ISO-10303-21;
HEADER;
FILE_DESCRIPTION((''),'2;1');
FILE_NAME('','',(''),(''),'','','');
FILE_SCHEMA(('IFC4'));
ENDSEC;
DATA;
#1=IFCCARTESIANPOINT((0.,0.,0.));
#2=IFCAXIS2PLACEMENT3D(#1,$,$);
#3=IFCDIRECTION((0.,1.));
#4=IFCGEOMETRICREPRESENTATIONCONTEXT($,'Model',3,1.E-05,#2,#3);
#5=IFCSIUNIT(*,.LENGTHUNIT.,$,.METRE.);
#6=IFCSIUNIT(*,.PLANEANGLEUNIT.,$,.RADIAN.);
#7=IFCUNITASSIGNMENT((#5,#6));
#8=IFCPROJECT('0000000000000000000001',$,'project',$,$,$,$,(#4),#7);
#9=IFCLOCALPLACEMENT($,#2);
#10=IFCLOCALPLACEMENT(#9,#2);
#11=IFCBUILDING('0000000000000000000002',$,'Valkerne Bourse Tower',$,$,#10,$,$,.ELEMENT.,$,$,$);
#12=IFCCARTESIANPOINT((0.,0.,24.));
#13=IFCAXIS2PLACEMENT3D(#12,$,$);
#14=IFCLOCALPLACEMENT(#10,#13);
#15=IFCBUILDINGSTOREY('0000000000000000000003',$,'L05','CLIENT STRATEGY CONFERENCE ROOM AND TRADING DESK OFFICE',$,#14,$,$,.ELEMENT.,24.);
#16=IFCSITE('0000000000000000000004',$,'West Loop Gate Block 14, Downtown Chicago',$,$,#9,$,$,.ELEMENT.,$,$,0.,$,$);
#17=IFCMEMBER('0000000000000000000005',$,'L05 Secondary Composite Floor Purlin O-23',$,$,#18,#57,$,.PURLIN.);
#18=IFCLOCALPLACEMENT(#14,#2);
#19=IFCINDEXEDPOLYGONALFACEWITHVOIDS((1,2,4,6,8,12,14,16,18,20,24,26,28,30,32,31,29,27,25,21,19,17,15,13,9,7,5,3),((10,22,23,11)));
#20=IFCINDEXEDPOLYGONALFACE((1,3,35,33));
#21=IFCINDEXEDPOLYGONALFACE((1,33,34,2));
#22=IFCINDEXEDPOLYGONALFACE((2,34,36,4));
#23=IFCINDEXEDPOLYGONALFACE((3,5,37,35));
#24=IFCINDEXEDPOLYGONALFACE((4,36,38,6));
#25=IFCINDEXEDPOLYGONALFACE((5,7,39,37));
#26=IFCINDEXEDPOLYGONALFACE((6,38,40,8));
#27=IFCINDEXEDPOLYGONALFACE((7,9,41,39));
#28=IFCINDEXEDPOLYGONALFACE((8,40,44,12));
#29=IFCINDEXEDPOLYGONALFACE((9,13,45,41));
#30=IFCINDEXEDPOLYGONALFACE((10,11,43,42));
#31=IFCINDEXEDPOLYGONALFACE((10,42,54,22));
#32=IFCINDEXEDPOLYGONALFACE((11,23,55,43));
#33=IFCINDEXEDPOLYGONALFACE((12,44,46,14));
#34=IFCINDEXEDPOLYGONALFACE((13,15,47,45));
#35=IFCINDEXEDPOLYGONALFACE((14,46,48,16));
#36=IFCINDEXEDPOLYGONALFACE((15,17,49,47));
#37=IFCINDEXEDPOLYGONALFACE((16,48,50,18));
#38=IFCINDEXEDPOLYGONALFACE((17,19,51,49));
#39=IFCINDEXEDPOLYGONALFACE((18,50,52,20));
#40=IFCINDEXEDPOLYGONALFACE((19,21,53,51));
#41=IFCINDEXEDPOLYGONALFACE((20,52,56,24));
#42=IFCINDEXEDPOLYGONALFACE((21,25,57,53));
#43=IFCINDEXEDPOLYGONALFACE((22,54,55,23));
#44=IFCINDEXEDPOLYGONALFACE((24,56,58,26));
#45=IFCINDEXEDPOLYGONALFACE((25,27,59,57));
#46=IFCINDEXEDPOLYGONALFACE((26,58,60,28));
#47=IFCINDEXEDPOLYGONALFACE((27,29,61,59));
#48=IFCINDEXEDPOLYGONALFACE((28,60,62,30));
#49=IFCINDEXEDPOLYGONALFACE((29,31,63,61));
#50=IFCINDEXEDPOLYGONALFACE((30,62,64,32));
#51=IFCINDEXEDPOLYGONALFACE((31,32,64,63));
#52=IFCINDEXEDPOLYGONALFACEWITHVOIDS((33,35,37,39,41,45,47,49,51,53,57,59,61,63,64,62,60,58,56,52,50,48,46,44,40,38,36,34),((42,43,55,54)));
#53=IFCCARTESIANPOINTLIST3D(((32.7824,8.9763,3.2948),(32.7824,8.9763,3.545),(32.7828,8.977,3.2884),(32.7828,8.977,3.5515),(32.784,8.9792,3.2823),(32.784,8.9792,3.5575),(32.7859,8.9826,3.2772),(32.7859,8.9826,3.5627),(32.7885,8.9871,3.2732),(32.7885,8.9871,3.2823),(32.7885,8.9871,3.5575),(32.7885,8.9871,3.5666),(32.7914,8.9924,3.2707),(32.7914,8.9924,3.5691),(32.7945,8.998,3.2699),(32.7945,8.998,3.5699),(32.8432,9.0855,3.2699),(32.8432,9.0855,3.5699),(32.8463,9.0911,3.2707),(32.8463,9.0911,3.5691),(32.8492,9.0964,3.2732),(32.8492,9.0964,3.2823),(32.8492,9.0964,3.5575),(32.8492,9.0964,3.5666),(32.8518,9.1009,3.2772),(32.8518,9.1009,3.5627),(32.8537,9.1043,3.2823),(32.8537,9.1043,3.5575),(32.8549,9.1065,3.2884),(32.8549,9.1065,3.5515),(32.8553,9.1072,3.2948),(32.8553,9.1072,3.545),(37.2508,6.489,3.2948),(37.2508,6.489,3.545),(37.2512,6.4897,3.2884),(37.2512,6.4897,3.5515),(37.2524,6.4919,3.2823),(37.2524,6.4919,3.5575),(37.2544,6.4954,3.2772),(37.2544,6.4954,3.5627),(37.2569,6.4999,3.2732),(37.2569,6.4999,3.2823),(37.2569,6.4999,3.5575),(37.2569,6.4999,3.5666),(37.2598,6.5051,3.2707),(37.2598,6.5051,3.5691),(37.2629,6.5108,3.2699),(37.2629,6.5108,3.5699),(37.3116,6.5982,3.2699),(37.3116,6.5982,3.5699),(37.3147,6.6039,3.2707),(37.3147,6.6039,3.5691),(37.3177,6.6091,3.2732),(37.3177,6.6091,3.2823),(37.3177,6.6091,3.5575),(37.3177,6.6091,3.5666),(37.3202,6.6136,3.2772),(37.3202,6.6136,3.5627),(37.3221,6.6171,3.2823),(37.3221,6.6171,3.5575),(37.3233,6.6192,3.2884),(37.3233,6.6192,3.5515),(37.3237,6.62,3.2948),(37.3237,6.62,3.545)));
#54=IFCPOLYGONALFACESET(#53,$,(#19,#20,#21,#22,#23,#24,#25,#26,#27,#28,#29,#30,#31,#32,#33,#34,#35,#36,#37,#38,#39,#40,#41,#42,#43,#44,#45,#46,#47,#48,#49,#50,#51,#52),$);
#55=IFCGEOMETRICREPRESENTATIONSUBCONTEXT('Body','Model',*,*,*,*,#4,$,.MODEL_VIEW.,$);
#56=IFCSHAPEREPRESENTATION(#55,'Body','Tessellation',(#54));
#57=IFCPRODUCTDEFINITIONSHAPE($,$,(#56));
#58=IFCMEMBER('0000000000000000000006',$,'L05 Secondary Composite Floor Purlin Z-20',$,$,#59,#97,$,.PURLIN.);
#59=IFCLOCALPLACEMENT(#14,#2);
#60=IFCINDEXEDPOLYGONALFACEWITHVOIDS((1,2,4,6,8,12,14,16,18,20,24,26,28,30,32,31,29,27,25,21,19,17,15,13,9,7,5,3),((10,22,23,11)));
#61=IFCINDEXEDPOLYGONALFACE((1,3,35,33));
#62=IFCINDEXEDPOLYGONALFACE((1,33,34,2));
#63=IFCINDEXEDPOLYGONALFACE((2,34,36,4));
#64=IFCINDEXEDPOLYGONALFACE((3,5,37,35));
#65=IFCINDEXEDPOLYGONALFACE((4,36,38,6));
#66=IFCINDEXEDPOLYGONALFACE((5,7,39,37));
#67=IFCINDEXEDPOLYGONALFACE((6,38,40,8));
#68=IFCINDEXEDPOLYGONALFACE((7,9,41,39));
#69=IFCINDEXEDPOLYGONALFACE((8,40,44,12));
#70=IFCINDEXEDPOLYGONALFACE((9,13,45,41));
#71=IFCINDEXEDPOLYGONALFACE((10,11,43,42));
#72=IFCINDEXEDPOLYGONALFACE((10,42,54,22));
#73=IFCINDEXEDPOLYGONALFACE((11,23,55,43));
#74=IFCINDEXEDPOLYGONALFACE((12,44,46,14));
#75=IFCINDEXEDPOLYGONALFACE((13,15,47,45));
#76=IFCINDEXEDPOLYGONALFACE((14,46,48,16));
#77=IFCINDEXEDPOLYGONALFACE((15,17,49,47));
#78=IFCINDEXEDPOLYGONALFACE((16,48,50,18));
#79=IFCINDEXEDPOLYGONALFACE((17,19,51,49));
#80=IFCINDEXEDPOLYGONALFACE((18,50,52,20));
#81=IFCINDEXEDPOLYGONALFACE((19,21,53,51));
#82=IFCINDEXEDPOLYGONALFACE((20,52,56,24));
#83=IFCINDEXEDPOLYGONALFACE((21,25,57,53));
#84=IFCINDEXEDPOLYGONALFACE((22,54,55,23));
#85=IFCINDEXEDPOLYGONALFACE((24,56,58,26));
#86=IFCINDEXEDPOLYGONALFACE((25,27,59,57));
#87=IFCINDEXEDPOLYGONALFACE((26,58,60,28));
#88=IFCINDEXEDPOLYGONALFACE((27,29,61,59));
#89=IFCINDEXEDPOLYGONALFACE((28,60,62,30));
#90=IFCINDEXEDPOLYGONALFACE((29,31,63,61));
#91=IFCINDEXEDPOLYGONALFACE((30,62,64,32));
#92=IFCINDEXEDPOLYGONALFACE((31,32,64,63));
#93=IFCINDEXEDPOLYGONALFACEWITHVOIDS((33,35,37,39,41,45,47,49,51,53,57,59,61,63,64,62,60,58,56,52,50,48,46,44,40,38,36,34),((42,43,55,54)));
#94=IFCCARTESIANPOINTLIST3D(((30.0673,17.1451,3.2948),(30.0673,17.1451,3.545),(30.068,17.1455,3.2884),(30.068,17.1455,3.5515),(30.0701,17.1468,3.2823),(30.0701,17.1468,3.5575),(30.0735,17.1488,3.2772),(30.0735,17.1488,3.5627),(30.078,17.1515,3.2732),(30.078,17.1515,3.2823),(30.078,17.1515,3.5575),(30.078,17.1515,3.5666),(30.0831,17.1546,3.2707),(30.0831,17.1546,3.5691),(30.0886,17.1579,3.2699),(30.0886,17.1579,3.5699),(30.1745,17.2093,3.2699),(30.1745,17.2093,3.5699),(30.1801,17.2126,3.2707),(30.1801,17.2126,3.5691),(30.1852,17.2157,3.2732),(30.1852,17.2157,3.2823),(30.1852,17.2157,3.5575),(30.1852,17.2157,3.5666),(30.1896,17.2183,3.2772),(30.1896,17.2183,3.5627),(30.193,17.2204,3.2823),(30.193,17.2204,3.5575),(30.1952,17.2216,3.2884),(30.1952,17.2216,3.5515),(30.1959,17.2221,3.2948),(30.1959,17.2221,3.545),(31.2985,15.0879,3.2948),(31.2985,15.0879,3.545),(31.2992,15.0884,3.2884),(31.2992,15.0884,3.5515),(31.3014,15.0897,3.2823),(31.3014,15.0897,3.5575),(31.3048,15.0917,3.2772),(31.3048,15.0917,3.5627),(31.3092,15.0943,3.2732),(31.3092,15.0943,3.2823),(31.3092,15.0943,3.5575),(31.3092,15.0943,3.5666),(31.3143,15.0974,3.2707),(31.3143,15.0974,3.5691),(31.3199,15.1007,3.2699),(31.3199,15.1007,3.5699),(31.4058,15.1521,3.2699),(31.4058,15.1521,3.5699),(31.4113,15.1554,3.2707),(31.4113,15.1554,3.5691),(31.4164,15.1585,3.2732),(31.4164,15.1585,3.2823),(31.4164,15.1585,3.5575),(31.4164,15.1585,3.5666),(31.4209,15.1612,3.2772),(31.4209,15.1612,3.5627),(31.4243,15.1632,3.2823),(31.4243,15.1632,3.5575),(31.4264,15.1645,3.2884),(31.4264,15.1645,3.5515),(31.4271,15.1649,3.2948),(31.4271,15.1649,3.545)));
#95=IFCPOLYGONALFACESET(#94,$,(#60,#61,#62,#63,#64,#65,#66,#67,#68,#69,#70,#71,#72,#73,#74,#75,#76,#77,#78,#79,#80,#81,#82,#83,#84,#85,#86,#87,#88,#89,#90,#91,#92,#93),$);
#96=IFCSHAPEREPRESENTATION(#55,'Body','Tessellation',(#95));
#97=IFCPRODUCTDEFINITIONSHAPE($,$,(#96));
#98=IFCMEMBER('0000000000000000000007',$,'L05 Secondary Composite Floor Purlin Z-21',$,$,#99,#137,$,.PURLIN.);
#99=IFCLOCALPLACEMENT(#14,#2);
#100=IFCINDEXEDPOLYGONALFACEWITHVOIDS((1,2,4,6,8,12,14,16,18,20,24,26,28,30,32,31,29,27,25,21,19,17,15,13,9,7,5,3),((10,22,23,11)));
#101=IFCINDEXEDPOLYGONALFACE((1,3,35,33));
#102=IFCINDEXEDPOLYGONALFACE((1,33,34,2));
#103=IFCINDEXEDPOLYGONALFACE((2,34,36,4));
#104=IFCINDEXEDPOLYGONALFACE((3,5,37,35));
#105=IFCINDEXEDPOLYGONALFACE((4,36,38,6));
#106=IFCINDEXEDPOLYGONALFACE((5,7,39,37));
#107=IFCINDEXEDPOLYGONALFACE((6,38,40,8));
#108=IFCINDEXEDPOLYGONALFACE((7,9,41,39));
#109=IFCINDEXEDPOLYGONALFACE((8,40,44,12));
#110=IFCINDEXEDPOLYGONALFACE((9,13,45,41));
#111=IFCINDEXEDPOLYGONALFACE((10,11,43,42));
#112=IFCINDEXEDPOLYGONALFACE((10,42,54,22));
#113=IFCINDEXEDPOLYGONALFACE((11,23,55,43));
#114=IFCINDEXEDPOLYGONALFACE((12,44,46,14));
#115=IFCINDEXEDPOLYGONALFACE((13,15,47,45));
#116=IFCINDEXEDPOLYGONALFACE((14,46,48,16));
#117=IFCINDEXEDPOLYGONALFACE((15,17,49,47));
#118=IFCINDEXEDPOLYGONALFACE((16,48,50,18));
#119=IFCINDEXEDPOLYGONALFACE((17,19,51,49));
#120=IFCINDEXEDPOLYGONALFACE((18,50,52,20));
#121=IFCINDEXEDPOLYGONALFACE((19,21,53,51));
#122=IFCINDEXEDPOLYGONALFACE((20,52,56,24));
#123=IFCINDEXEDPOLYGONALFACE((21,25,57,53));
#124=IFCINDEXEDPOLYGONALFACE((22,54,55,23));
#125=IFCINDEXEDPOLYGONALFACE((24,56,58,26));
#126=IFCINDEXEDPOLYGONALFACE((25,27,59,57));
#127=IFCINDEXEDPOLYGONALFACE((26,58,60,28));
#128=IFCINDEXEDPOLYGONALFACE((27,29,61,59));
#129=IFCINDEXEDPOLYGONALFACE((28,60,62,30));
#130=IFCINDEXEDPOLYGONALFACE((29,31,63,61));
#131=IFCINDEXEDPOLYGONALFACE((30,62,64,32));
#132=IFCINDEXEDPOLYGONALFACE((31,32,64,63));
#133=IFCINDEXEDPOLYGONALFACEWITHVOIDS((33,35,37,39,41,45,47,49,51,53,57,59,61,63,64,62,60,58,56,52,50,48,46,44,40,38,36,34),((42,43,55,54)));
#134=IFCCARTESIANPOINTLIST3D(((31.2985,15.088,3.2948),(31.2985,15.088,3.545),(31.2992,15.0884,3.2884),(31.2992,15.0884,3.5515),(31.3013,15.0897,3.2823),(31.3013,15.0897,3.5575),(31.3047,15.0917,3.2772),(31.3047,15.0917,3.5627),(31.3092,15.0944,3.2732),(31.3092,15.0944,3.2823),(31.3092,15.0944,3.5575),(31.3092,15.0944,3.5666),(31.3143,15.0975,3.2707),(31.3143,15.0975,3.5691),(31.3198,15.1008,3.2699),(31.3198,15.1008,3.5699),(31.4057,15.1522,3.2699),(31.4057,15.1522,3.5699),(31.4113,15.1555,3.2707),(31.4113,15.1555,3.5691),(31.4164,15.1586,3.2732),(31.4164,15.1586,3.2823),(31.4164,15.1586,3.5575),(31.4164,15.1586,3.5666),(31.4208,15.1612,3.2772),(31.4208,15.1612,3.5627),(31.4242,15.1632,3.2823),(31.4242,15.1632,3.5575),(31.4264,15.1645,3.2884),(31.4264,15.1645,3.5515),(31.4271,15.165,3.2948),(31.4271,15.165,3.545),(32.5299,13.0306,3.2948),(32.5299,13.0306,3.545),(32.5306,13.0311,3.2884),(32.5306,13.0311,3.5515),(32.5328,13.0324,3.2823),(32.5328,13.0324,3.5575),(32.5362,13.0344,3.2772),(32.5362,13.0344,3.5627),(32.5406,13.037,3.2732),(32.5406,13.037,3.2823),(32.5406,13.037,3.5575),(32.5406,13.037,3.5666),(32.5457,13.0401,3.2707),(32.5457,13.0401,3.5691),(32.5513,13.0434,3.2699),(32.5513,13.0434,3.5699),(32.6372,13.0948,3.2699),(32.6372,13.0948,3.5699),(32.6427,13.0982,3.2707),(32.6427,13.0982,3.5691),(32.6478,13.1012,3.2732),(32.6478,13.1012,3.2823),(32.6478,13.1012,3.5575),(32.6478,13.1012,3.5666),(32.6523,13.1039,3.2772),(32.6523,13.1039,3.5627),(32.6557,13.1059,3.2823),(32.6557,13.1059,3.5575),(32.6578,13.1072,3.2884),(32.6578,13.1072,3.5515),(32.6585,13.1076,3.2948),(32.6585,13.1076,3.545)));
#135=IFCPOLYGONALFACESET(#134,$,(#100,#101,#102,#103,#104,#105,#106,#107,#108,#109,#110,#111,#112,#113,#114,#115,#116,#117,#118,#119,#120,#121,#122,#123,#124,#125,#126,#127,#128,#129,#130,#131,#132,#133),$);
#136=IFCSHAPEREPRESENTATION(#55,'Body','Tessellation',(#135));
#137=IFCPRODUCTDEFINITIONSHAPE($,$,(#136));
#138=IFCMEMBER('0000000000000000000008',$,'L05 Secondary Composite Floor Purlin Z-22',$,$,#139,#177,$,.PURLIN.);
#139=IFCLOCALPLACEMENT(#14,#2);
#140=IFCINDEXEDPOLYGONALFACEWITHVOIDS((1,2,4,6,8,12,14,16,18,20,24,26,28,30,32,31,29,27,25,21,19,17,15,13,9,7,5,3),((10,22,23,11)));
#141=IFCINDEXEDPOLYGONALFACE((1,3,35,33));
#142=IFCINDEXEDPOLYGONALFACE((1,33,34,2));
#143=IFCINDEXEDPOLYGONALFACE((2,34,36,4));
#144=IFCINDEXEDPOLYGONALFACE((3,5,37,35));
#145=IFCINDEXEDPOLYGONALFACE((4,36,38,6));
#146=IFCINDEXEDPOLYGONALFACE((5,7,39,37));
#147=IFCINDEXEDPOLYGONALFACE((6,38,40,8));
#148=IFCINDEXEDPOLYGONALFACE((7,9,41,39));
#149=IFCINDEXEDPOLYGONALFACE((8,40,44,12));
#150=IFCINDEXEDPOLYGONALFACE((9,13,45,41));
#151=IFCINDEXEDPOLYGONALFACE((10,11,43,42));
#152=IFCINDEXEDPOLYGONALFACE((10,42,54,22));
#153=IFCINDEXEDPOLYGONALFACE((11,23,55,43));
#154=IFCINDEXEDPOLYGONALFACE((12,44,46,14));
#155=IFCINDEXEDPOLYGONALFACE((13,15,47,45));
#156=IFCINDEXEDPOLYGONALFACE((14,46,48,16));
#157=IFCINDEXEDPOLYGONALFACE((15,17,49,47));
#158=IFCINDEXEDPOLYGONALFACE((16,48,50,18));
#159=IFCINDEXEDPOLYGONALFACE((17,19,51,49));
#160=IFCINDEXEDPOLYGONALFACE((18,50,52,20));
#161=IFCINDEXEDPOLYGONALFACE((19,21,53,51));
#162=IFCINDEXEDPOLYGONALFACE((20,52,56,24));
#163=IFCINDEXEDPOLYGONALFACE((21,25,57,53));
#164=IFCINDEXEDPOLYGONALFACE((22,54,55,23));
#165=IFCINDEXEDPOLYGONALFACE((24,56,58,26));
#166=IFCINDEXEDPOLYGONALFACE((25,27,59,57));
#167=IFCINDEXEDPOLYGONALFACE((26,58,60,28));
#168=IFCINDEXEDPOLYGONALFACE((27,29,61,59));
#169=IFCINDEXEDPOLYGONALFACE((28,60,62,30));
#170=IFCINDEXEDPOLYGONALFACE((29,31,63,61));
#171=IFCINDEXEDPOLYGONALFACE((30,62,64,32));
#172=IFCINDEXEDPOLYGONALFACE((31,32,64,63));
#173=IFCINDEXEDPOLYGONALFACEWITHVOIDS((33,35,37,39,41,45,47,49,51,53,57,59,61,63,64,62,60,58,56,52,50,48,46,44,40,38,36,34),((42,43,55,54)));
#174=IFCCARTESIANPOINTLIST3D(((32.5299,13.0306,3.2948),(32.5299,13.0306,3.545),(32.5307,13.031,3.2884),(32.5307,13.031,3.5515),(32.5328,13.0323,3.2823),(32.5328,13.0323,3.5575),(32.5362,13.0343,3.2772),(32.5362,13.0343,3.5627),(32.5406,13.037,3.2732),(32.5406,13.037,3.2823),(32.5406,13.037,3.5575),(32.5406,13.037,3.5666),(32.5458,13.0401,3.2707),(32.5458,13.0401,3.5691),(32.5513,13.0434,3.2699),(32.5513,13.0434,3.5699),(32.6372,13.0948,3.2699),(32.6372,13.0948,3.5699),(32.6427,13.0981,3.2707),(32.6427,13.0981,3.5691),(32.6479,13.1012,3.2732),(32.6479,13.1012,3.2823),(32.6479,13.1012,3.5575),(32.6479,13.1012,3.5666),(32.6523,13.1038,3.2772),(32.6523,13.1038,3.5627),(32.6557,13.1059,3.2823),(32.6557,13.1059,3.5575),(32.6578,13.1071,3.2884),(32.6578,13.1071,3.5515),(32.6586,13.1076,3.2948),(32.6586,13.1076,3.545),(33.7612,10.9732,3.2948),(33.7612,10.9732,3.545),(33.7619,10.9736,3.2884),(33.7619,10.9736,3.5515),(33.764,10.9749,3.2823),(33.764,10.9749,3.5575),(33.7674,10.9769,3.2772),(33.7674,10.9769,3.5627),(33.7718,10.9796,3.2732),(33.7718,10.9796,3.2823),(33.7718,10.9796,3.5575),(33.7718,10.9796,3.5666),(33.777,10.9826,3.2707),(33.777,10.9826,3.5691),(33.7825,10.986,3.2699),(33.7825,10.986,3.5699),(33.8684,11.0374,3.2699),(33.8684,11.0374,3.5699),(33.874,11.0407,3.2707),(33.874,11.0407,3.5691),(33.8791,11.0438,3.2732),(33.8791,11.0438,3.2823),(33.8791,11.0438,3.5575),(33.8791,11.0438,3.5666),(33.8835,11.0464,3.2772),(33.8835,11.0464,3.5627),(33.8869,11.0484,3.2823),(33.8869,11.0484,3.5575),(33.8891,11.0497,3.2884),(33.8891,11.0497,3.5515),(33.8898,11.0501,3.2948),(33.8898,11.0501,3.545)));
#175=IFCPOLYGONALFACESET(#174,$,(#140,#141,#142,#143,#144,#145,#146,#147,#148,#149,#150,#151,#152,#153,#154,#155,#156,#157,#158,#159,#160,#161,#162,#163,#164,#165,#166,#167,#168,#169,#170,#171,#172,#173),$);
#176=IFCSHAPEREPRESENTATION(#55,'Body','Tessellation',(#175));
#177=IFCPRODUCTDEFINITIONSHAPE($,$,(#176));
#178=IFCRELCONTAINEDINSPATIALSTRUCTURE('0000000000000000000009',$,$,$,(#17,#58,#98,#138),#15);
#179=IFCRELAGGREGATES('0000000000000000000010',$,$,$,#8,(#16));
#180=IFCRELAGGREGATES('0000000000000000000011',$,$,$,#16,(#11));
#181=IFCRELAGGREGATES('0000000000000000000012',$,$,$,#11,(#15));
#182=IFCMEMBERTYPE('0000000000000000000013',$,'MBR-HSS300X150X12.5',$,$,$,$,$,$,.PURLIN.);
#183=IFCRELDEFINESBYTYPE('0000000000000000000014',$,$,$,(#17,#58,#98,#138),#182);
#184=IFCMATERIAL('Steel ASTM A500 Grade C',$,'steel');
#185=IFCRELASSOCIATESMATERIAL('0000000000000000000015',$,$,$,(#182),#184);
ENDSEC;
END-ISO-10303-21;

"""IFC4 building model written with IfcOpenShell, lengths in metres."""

from ifc_helpers import new_model, si_unit, direction, frame, origin, origin_2d, place, context, subcontext, project, spatial, hollow_rectangle, extrude, material, material_profile, profile_set, type_object, element, save


model = new_model("IFC4")

# Units and contexts
model_context = context("Model", 3, precision=1e-05, world=origin(), true_north=direction((0.0, 1.0)))
body_context = subcontext(model_context, "Body", "Model", "MODEL_VIEW")
ifc_project = project(units=[si_unit("LENGTHUNIT", "METRE"), si_unit("PLANEANGLEUNIT", "RADIAN")], contexts=[model_context])

# Site, building, storey
site_placement = place(None, origin())
site = spatial("IfcSite", under=ifc_project, at=site_placement, Name="West Loop Gate Block 14, Downtown Chicago", CompositionType="ELEMENT", RefElevation=0.0)
building_placement = place(site_placement, origin())
building = spatial("IfcBuilding", under=site, at=building_placement, Name="Valkerne Bourse Tower", CompositionType="ELEMENT")
storey_placement = place(building_placement, frame((0.0, 0.0, 24.0)))
storey = spatial("IfcBuildingStorey", under=building, at=storey_placement, Name="L05", Description="CLIENT STRATEGY CONFERENCE ROOM AND TRADING DESK OFFICE", CompositionType="ELEMENT", Elevation=24.0)

# Members
ifc_material_1 = material(Name="Steel ASTM A500 Grade C", Category="steel")
ifc_material_profile_1 = material_profile(ifc_material_1, hollow_rectangle(XDim=0.1499, YDim=0.3, WallThickness=0.0125, OuterFilletRadius=0.0249, at=origin_2d()), Name="HSS300X150X12.5")
ifc_profile_set_1 = profile_set([ifc_material_profile_1], Name="Steel ASTM A500 Grade C")
member_type_1 = type_object("IfcMemberType", Name="MBR-HSS300X150X12.5", PredefinedType="PURLIN", material=ifc_profile_set_1)
member_1_placement = place(storey_placement, frame((32.8188, 9.0417, 3.4199), z_axis=(0.873758, -0.48636, 0.0), x_axis=(0.48636, 0.873758, 0.0)))
element("IfcMember", 1, at=member_1_placement, inside=storey, type_object=member_type_1, Name="L05 Secondary Composite Floor Purlin O-23", PredefinedType="PURLIN", context=body_context, shape_type="SweptSolid", body=[
    extrude(hollow_rectangle(XDim=0.1499, YDim=0.3, WallThickness=0.0125, OuterFilletRadius=0.0249, at=origin_2d()), origin(), (0.0, 0.0, 1.0), 5.114),
])
member_2_placement = place(storey_placement, frame((30.1316, 17.1836, 3.4199), z_axis=(0.513552, -0.858058, 0.0), x_axis=(0.858058, 0.513552, 0.0)))
element("IfcMember", 2, at=member_2_placement, inside=storey, type_object=member_type_1, Name="L05 Secondary Composite Floor Purlin Z-20", PredefinedType="PURLIN", context=body_context, shape_type="SweptSolid", body=[
    extrude(hollow_rectangle(XDim=0.1499, YDim=0.3, WallThickness=0.0125, OuterFilletRadius=0.0249, at=origin_2d()), origin(), (0.0, 0.0, 1.0), 2.3975),
])
for number, where, z_axis, x_axis, name in (
    (3, (31.3628, 15.1265, 3.4199), (0.513582, -0.85804, 0.0), (0.85804, 0.513582, 0.0), "L05 Secondary Composite Floor Purlin Z-21"),
    (4, (32.5942, 13.0691, 3.4199), (0.513507, -0.858085, 0.0), (0.858085, 0.513507, 0.0), "L05 Secondary Composite Floor Purlin Z-22"),
):
    element("IfcMember", number, at=place(storey_placement, frame(where, z_axis=z_axis, x_axis=x_axis)), inside=storey, type_object=member_type_1, Name=name, PredefinedType="PURLIN", context=body_context, shape_type="SweptSolid", body=[
        extrude(hollow_rectangle(XDim=0.1499, YDim=0.3, WallThickness=0.0125, OuterFilletRadius=0.0249, at=origin_2d()), origin(), (0.0, 0.0, 1.0), 2.3977),
    ])

save(model, "model.ifc")
